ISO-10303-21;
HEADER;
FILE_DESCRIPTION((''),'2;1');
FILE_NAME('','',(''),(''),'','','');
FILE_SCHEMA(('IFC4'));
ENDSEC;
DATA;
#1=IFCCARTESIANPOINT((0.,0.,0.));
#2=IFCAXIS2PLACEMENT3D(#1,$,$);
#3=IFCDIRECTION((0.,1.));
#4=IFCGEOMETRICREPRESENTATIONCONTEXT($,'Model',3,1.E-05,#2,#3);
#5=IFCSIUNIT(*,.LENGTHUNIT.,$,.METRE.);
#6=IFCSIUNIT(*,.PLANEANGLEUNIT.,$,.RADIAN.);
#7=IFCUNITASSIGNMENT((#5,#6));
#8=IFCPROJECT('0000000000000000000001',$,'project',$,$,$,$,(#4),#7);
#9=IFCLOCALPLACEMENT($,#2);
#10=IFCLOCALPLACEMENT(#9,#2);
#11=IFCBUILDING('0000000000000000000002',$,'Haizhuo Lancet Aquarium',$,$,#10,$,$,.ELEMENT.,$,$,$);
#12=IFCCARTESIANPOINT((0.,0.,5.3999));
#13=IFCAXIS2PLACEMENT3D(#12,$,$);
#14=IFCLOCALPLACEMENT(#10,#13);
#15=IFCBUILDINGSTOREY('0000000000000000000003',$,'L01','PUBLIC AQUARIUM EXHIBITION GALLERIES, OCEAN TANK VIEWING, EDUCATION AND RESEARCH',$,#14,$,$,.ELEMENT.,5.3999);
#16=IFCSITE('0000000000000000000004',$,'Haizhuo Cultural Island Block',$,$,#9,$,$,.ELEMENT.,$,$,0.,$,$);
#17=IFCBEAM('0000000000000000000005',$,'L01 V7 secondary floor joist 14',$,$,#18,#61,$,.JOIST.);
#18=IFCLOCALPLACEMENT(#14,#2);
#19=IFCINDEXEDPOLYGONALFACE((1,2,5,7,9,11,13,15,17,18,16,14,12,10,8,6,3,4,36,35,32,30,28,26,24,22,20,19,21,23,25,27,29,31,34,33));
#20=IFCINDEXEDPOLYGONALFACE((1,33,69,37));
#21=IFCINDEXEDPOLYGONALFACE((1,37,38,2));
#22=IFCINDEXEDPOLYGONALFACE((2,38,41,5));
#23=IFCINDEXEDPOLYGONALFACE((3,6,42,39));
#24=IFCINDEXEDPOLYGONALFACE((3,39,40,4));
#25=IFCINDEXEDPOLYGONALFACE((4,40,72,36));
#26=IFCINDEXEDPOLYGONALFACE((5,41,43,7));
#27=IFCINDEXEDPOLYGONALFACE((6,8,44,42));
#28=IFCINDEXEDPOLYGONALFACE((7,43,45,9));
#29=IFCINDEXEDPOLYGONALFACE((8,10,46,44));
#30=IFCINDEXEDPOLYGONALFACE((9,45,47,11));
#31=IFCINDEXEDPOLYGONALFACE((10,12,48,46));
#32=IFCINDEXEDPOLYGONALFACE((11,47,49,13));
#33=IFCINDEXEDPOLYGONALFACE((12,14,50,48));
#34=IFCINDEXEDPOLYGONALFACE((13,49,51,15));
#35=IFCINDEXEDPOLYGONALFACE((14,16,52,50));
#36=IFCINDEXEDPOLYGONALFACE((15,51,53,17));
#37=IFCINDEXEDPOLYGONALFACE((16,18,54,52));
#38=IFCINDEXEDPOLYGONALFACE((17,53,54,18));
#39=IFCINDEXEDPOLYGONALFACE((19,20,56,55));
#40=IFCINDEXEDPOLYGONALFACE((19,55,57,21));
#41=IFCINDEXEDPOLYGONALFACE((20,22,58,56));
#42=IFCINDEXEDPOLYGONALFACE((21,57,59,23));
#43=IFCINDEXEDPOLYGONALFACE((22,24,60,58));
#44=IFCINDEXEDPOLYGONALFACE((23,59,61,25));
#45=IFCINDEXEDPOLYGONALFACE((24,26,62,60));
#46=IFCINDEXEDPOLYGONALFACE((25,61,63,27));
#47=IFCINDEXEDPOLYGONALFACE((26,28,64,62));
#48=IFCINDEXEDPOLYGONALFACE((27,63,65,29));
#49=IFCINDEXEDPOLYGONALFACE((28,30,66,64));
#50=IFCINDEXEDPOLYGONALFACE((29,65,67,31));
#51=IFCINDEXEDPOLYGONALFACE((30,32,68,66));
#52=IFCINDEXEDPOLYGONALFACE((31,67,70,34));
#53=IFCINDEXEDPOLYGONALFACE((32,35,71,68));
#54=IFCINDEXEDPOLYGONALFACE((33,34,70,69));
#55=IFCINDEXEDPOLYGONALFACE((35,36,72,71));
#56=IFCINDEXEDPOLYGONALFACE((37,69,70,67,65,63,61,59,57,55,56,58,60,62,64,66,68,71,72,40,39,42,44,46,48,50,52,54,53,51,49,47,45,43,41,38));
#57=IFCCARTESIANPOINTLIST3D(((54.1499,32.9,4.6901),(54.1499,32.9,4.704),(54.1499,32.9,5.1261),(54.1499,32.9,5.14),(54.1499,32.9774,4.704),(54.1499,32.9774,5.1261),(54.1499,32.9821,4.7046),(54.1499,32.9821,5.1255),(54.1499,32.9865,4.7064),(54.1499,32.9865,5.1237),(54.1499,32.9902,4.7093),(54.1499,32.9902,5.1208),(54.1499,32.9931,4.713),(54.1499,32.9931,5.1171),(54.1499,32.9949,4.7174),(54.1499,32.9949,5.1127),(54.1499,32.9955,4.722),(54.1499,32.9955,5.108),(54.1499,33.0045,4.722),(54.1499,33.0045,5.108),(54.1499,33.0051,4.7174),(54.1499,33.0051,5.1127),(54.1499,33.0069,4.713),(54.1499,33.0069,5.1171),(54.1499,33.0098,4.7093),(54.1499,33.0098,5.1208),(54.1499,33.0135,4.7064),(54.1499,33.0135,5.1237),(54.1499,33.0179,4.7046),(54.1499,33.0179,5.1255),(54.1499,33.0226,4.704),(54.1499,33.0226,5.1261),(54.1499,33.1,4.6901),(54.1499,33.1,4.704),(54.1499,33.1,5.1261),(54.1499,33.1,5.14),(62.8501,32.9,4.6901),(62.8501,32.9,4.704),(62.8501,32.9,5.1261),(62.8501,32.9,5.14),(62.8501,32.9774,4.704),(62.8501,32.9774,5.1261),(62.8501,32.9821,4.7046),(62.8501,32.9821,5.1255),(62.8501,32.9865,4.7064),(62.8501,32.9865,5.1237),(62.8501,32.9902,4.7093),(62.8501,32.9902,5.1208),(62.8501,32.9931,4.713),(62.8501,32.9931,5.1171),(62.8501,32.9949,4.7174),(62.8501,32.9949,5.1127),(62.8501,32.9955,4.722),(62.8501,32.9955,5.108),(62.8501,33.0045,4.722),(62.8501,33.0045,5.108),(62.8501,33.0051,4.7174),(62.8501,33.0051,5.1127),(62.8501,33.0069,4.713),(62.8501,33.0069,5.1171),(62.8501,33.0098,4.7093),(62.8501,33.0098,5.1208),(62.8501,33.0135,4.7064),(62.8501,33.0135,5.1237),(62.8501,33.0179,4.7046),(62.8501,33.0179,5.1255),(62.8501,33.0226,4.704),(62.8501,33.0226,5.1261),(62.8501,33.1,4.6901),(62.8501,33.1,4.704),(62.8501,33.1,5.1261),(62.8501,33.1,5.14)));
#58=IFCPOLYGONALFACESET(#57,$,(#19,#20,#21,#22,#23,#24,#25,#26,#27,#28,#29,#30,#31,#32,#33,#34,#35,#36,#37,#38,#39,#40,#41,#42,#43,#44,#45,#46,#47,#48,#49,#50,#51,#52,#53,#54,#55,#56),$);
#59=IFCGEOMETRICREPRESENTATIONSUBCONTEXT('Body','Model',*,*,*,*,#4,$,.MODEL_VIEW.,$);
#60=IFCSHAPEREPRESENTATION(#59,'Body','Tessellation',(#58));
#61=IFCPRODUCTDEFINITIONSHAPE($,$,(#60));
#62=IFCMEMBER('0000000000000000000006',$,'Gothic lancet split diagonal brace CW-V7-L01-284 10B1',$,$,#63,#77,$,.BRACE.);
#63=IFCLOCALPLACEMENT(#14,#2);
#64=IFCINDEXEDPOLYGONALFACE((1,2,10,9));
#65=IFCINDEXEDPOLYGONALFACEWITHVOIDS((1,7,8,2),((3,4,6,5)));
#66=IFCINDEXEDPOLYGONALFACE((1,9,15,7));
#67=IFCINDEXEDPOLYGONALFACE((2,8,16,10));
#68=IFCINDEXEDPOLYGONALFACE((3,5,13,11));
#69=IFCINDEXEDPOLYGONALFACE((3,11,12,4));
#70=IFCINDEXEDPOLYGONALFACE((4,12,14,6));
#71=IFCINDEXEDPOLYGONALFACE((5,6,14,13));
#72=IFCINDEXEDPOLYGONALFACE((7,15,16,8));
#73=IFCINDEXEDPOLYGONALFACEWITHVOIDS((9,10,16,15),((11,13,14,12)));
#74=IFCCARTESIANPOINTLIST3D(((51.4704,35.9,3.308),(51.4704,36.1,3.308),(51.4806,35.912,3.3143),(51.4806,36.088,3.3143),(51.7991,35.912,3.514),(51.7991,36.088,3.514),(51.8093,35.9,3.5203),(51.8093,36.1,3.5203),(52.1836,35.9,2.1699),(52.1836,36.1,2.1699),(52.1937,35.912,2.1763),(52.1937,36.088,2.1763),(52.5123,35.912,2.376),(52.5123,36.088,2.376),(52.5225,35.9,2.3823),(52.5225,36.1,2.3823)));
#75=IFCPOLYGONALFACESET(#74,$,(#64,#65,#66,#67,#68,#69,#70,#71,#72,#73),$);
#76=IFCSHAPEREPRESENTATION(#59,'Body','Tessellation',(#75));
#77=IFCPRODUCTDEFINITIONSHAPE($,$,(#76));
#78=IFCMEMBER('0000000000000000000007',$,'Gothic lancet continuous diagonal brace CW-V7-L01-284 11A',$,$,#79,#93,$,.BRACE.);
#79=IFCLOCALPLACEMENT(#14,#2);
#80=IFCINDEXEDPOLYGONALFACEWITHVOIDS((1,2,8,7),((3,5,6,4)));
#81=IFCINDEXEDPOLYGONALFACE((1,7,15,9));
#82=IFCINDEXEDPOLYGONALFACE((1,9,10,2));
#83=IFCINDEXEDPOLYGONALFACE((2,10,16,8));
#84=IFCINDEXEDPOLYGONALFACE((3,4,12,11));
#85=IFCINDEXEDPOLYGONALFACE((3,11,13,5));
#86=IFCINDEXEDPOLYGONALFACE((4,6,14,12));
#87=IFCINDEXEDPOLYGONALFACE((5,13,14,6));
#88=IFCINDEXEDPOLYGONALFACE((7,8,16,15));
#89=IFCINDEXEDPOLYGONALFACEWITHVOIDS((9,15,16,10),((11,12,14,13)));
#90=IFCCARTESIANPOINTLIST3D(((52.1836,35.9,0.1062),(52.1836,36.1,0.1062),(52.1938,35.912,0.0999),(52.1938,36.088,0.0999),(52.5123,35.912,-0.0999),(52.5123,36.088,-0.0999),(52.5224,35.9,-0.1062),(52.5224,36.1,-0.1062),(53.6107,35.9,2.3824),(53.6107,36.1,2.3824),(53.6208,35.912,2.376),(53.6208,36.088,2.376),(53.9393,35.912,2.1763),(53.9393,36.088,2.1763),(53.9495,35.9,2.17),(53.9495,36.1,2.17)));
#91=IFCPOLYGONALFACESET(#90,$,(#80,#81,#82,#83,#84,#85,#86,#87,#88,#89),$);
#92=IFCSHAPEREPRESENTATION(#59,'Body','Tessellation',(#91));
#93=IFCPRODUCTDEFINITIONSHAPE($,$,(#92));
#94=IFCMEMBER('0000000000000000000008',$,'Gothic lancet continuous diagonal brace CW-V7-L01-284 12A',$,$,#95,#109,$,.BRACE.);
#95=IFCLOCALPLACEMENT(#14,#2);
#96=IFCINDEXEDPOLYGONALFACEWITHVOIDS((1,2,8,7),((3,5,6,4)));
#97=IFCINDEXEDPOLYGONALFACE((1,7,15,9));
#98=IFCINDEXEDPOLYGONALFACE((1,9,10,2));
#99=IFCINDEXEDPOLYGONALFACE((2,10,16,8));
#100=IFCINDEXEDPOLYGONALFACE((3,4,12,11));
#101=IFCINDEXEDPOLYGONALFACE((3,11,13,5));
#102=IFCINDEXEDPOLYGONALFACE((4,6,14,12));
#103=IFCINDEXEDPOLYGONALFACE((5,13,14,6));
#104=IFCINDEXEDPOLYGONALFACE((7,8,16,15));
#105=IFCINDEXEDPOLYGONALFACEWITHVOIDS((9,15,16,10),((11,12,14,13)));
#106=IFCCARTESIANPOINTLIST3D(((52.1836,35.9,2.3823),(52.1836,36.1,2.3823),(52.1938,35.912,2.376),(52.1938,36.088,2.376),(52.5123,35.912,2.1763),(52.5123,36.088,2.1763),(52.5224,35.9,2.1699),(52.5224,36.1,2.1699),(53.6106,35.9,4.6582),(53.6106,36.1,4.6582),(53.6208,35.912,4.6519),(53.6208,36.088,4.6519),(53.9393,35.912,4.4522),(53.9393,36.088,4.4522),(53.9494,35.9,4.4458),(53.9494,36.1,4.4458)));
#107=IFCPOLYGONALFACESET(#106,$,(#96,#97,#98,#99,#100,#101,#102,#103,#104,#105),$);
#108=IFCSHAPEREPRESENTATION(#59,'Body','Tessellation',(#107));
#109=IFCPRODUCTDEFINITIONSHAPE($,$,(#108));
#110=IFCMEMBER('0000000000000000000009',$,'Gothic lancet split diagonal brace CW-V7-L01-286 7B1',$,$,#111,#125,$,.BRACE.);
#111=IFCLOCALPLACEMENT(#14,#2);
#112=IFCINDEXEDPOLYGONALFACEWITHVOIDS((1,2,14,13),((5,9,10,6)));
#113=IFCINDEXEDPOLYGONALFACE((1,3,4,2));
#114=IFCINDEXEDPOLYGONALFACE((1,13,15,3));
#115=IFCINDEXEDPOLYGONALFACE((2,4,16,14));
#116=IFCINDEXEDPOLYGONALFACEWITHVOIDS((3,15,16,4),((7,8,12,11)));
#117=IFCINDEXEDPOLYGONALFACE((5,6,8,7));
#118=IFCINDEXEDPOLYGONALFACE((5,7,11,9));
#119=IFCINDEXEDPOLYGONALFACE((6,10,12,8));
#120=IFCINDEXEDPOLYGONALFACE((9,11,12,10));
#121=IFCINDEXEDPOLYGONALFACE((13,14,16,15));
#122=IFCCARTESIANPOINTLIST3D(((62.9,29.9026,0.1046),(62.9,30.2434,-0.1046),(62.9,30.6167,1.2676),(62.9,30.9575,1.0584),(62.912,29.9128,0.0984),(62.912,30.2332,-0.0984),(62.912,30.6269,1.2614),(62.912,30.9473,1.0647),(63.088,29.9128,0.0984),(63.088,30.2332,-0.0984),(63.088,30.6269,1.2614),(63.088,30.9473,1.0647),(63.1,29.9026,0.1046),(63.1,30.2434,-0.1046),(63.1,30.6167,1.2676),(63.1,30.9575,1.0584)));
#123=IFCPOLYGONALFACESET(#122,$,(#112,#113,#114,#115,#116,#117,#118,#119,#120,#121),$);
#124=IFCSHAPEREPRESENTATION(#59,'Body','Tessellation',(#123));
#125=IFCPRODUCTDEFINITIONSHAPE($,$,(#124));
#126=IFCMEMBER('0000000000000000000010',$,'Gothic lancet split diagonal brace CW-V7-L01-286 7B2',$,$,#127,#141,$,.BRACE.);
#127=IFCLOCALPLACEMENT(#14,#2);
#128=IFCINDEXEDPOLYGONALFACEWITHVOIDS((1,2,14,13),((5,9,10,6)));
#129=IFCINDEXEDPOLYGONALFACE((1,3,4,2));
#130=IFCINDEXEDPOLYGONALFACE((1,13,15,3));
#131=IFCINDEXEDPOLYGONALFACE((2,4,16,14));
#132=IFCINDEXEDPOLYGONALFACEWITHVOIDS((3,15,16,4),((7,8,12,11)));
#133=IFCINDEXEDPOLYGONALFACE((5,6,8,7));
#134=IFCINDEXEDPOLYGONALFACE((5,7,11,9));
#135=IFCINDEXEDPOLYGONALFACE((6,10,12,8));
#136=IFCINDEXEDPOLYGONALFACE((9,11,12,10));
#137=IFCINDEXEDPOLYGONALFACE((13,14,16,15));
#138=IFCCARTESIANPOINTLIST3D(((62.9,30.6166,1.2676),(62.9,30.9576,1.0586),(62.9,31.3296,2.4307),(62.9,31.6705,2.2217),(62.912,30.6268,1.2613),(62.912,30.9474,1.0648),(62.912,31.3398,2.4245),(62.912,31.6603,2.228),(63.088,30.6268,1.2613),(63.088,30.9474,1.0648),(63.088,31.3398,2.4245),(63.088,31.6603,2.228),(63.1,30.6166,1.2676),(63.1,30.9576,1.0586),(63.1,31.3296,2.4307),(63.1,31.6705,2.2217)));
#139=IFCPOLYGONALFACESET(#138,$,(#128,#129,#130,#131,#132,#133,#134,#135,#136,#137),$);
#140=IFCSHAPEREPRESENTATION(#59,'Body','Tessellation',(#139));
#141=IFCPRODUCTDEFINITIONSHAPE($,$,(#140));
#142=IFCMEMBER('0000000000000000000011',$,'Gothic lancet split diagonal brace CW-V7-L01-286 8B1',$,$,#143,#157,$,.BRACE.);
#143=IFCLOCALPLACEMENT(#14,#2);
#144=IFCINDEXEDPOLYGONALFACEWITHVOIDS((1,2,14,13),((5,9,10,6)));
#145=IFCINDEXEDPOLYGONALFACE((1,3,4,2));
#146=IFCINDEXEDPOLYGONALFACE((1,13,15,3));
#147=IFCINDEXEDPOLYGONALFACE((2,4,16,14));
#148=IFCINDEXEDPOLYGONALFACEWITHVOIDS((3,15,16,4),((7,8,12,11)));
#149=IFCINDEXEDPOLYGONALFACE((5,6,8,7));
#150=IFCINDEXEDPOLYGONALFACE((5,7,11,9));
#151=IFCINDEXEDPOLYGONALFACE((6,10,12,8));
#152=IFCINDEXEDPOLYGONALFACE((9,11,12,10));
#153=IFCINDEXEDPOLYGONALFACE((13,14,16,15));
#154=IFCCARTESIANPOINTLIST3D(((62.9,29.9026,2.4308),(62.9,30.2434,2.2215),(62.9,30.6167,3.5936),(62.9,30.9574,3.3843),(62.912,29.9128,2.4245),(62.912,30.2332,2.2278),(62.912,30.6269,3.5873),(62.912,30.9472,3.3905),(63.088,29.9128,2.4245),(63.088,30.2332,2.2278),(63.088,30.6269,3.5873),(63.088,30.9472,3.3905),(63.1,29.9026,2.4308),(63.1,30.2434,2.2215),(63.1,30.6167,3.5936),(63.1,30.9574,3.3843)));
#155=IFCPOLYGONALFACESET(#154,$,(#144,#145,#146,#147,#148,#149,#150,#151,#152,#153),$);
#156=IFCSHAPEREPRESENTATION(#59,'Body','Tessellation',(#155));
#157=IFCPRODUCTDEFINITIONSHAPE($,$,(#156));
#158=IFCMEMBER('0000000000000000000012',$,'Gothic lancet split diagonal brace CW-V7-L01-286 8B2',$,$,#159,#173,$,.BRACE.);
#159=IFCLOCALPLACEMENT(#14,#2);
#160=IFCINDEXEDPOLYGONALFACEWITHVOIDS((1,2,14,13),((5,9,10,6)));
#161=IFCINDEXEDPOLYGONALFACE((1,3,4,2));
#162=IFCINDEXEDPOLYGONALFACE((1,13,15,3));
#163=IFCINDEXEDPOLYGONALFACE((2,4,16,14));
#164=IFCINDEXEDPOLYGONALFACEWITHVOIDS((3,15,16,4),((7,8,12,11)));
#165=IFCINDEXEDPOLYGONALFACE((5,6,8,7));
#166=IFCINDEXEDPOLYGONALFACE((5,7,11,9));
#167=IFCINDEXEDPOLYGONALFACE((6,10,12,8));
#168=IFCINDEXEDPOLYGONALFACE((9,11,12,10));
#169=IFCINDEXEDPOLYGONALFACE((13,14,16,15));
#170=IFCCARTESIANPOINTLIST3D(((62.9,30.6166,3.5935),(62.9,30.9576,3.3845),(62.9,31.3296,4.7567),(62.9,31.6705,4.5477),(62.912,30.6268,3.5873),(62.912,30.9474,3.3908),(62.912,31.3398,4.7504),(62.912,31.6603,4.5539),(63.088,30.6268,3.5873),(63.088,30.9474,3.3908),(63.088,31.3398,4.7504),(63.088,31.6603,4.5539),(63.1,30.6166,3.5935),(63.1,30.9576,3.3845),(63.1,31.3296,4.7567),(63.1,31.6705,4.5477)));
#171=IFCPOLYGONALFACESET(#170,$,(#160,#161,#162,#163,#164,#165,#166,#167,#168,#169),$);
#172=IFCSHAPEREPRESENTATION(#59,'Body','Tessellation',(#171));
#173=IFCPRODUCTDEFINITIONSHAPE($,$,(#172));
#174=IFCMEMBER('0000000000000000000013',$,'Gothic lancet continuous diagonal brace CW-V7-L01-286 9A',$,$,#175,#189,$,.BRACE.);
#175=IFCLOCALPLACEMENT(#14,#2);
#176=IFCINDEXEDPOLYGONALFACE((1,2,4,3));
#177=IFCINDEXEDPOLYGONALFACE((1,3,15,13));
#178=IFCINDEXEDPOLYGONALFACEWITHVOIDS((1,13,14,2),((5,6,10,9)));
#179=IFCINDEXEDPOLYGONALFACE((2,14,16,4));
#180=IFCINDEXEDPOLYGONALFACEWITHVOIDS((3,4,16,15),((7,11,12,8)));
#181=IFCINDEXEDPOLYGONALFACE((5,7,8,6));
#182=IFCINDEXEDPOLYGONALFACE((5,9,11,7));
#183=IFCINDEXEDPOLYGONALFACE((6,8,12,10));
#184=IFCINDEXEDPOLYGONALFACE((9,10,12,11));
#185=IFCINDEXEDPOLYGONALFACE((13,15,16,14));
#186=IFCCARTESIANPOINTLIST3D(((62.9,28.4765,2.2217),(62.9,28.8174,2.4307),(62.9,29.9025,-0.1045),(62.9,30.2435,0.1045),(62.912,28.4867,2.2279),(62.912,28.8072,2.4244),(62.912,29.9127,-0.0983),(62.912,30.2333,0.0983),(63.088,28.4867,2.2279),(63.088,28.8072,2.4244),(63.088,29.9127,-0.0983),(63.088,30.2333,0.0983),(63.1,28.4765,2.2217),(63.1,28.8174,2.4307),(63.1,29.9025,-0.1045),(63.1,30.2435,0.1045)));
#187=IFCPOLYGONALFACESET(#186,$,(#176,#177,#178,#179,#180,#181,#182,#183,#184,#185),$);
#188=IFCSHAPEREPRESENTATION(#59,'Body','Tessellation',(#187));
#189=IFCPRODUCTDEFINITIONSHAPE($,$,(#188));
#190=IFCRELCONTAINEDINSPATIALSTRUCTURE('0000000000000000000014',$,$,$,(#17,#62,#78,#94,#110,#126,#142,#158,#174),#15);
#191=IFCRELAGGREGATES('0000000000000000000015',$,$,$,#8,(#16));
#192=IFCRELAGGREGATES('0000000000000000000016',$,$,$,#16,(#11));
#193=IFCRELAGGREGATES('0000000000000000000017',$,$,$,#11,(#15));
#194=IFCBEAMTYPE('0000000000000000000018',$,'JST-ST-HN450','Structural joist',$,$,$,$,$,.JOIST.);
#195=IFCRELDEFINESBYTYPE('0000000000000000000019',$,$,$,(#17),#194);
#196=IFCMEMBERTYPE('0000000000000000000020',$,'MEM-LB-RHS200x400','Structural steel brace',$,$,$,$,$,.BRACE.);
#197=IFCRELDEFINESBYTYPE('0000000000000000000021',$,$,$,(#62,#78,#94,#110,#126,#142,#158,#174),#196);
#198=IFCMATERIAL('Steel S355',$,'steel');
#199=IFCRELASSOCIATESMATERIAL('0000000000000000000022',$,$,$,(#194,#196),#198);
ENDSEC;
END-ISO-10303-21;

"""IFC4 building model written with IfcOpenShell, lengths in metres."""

from ifc_helpers import new_model, si_unit, direction, frame, origin, origin_2d, place, context, subcontext, project, spatial, hollow_rectangle, i_section, extrude, material, material_profile, profile_set, type_object, element, save


model = new_model("IFC4")

# Units and contexts
model_context = context("Model", 3, precision=1e-05, world=origin(), true_north=direction((0.0, 1.0)))
body_context = subcontext(model_context, "Body", "Model", "MODEL_VIEW")
ifc_project = project(units=[si_unit("LENGTHUNIT", "METRE"), si_unit("PLANEANGLEUNIT", "RADIAN")], contexts=[model_context])

# Site, building, storey
site_placement = place(None, origin())
site = spatial("IfcSite", under=ifc_project, at=site_placement, Name="Haizhuo Cultural Island Block", CompositionType="ELEMENT", RefElevation=0.0)
building_placement = place(site_placement, origin())
building = spatial("IfcBuilding", under=site, at=building_placement, Name="Haizhuo Lancet Aquarium", CompositionType="ELEMENT")
storey_placement = place(building_placement, frame((0.0, 0.0, 5.3999)))
storey = spatial("IfcBuildingStorey", under=building, at=storey_placement, Name="L01", Description="PUBLIC AQUARIUM EXHIBITION GALLERIES, OCEAN TANK VIEWING, EDUCATION AND RESEARCH", CompositionType="ELEMENT", Elevation=5.3999)

# Beam
ifc_material_1 = material(Name="Steel S355", Category="steel")
ifc_material_profile_1 = material_profile(ifc_material_1, i_section(OverallWidth=0.2, OverallDepth=0.45, WebThickness=0.009, FlangeThickness=0.0139, FilletRadius=0.0181, at=origin_2d()), Name="HN 450x200x9x14")
ifc_profile_set_1 = profile_set([ifc_material_profile_1], Name="Steel S355")
beam_type = type_object("IfcBeamType", Name="JST-ST-HN450", Description="Structural joist", PredefinedType="JOIST", material=ifc_profile_set_1)
beam_placement = place(storey_placement, frame((54.1499, 33.0, 4.915), z_axis=(1.0, 0.0, 0.0), x_axis=(0.0, 1.0, 0.0)))
element("IfcBeam", 1, at=beam_placement, inside=storey, type_object=beam_type, Name="L01 V7 secondary floor joist 14", PredefinedType="JOIST", context=body_context, shape_type="SweptSolid", body=[
    extrude(i_section(OverallWidth=0.2, OverallDepth=0.45, WebThickness=0.009, FlangeThickness=0.0139, FilletRadius=0.0181, at=origin_2d()), origin(), (0.0, 0.0, 1.0), 8.7002),
])

# Members
ifc_material_profile_2 = material_profile(ifc_material_1, hollow_rectangle(XDim=0.2, YDim=0.3999, WallThickness=0.012, at=origin_2d()), Name="RHS 200x400x12")
ifc_profile_set_2 = profile_set([ifc_material_profile_2], Name="Steel S355")
member_type_1 = type_object("IfcMemberType", Name="MEM-LB-RHS200x400", Description="Structural steel brace", PredefinedType="BRACE", material=ifc_profile_set_2)
member_1_placement = place(storey_placement, frame((52.353, 36.0, 2.2761), z_axis=(-0.531028, 0.0, 0.847354), x_axis=(0.0, -1.0, 0.0)))
element("IfcMember", 2, at=member_1_placement, inside=storey, type_object=member_type_1, Name="Gothic lancet split diagonal brace CW-V7-L01-284 10B1", PredefinedType="BRACE", context=body_context, shape_type="SweptSolid", body=[
    extrude(hollow_rectangle(XDim=0.2, YDim=0.3999, WallThickness=0.012, at=origin_2d()), origin(), (0.0, 0.0, 1.0), 1.343),
])
member_2_placement = place(storey_placement, frame((52.353, 36.0, 0.0), z_axis=(0.531183, 0.0, 0.847257), x_axis=(0.0, 1.0, 0.0)))
element("IfcMember", 3, at=member_2_placement, inside=storey, type_object=member_type_1, Name="Gothic lancet continuous diagonal brace CW-V7-L01-284 11A", PredefinedType="BRACE", context=body_context, shape_type="SweptSolid", body=[
    extrude(hollow_rectangle(XDim=0.2, YDim=0.3999, WallThickness=0.012, at=origin_2d()), origin(), (0.0, 0.0, 1.0), 2.6865),
])
member_3_placement = place(storey_placement, frame((52.353, 36.0, 2.2761), z_axis=(0.531224, 0.0, 0.847232), x_axis=(0.0, 1.0, 0.0)))
element("IfcMember", 4, at=member_3_placement, inside=storey, type_object=member_type_1, Name="Gothic lancet continuous diagonal brace CW-V7-L01-284 12A", PredefinedType="BRACE", context=body_context, shape_type="SweptSolid", body=[
    extrude(hollow_rectangle(XDim=0.2, YDim=0.3999, WallThickness=0.012, at=origin_2d()), origin(), (0.0, 0.0, 1.0), 2.6863),
])
member_4_placement = place(storey_placement, frame((63.0, 30.073, 0.0), z_axis=(0.0, 0.523229, 0.852192), x_axis=(-1.0, 0.0, 0.0)))
element("IfcMember", 5, at=member_4_placement, inside=storey, type_object=member_type_1, Name="Gothic lancet split diagonal brace CW-V7-L01-286 7B1", PredefinedType="BRACE", context=body_context, shape_type="SweptSolid", body=[
    extrude(hollow_rectangle(XDim=0.2, YDim=0.3999, WallThickness=0.012, at=origin_2d()), origin(), (0.0, 0.0, 1.0), 1.3647),
])
member_5_placement = place(storey_placement, frame((63.0, 30.7871, 1.1631), z_axis=(0.0, 0.522579, 0.852591), x_axis=(-1.0, 0.0, 0.0)))
element("IfcMember", 6, at=member_5_placement, inside=storey, type_object=member_type_1, Name="Gothic lancet split diagonal brace CW-V7-L01-286 7B2", PredefinedType="BRACE", context=body_context, shape_type="SweptSolid", body=[
    extrude(hollow_rectangle(XDim=0.2, YDim=0.3999, WallThickness=0.012, at=origin_2d()), origin(), (0.0, 0.0, 1.0), 1.3643),
])
member_6_placement = place(storey_placement, frame((63.0, 30.073, 2.3262), z_axis=(0.0, 0.523309, 0.852143), x_axis=(-1.0, 0.0, 0.0)))
element("IfcMember", 7, at=member_6_placement, inside=storey, type_object=member_type_1, Name="Gothic lancet split diagonal brace CW-V7-L01-286 8B1", PredefinedType="BRACE", context=body_context, shape_type="SweptSolid", body=[
    extrude(hollow_rectangle(XDim=0.2, YDim=0.3999, WallThickness=0.012, at=origin_2d()), origin(), (0.0, 0.0, 1.0), 1.3645),
])
member_7_placement = place(storey_placement, frame((63.0, 30.7871, 3.489), z_axis=(0.0, 0.522579, 0.852591), x_axis=(-1.0, 0.0, 0.0)))
element("IfcMember", 8, at=member_7_placement, inside=storey, type_object=member_type_1, Name="Gothic lancet split diagonal brace CW-V7-L01-286 8B2", PredefinedType="BRACE", context=body_context, shape_type="SweptSolid", body=[
    extrude(hollow_rectangle(XDim=0.2, YDim=0.3999, WallThickness=0.012, at=origin_2d()), origin(), (0.0, 0.0, 1.0), 1.3643),
])
member_8_placement = place(storey_placement, frame((63.0, 30.073, 0.0), z_axis=(0.0, -0.522644, 0.852551), x_axis=(1.0, 0.0, 0.0)))
element("IfcMember", 9, at=member_8_placement, inside=storey, type_object=member_type_1, Name="Gothic lancet continuous diagonal brace CW-V7-L01-286 9A", PredefinedType="BRACE", context=body_context, shape_type="SweptSolid", body=[
    extrude(hollow_rectangle(XDim=0.2, YDim=0.3999, WallThickness=0.012, at=origin_2d()), origin(), (0.0, 0.0, 1.0), 2.7285),
])

save(model, "model.ifc")
